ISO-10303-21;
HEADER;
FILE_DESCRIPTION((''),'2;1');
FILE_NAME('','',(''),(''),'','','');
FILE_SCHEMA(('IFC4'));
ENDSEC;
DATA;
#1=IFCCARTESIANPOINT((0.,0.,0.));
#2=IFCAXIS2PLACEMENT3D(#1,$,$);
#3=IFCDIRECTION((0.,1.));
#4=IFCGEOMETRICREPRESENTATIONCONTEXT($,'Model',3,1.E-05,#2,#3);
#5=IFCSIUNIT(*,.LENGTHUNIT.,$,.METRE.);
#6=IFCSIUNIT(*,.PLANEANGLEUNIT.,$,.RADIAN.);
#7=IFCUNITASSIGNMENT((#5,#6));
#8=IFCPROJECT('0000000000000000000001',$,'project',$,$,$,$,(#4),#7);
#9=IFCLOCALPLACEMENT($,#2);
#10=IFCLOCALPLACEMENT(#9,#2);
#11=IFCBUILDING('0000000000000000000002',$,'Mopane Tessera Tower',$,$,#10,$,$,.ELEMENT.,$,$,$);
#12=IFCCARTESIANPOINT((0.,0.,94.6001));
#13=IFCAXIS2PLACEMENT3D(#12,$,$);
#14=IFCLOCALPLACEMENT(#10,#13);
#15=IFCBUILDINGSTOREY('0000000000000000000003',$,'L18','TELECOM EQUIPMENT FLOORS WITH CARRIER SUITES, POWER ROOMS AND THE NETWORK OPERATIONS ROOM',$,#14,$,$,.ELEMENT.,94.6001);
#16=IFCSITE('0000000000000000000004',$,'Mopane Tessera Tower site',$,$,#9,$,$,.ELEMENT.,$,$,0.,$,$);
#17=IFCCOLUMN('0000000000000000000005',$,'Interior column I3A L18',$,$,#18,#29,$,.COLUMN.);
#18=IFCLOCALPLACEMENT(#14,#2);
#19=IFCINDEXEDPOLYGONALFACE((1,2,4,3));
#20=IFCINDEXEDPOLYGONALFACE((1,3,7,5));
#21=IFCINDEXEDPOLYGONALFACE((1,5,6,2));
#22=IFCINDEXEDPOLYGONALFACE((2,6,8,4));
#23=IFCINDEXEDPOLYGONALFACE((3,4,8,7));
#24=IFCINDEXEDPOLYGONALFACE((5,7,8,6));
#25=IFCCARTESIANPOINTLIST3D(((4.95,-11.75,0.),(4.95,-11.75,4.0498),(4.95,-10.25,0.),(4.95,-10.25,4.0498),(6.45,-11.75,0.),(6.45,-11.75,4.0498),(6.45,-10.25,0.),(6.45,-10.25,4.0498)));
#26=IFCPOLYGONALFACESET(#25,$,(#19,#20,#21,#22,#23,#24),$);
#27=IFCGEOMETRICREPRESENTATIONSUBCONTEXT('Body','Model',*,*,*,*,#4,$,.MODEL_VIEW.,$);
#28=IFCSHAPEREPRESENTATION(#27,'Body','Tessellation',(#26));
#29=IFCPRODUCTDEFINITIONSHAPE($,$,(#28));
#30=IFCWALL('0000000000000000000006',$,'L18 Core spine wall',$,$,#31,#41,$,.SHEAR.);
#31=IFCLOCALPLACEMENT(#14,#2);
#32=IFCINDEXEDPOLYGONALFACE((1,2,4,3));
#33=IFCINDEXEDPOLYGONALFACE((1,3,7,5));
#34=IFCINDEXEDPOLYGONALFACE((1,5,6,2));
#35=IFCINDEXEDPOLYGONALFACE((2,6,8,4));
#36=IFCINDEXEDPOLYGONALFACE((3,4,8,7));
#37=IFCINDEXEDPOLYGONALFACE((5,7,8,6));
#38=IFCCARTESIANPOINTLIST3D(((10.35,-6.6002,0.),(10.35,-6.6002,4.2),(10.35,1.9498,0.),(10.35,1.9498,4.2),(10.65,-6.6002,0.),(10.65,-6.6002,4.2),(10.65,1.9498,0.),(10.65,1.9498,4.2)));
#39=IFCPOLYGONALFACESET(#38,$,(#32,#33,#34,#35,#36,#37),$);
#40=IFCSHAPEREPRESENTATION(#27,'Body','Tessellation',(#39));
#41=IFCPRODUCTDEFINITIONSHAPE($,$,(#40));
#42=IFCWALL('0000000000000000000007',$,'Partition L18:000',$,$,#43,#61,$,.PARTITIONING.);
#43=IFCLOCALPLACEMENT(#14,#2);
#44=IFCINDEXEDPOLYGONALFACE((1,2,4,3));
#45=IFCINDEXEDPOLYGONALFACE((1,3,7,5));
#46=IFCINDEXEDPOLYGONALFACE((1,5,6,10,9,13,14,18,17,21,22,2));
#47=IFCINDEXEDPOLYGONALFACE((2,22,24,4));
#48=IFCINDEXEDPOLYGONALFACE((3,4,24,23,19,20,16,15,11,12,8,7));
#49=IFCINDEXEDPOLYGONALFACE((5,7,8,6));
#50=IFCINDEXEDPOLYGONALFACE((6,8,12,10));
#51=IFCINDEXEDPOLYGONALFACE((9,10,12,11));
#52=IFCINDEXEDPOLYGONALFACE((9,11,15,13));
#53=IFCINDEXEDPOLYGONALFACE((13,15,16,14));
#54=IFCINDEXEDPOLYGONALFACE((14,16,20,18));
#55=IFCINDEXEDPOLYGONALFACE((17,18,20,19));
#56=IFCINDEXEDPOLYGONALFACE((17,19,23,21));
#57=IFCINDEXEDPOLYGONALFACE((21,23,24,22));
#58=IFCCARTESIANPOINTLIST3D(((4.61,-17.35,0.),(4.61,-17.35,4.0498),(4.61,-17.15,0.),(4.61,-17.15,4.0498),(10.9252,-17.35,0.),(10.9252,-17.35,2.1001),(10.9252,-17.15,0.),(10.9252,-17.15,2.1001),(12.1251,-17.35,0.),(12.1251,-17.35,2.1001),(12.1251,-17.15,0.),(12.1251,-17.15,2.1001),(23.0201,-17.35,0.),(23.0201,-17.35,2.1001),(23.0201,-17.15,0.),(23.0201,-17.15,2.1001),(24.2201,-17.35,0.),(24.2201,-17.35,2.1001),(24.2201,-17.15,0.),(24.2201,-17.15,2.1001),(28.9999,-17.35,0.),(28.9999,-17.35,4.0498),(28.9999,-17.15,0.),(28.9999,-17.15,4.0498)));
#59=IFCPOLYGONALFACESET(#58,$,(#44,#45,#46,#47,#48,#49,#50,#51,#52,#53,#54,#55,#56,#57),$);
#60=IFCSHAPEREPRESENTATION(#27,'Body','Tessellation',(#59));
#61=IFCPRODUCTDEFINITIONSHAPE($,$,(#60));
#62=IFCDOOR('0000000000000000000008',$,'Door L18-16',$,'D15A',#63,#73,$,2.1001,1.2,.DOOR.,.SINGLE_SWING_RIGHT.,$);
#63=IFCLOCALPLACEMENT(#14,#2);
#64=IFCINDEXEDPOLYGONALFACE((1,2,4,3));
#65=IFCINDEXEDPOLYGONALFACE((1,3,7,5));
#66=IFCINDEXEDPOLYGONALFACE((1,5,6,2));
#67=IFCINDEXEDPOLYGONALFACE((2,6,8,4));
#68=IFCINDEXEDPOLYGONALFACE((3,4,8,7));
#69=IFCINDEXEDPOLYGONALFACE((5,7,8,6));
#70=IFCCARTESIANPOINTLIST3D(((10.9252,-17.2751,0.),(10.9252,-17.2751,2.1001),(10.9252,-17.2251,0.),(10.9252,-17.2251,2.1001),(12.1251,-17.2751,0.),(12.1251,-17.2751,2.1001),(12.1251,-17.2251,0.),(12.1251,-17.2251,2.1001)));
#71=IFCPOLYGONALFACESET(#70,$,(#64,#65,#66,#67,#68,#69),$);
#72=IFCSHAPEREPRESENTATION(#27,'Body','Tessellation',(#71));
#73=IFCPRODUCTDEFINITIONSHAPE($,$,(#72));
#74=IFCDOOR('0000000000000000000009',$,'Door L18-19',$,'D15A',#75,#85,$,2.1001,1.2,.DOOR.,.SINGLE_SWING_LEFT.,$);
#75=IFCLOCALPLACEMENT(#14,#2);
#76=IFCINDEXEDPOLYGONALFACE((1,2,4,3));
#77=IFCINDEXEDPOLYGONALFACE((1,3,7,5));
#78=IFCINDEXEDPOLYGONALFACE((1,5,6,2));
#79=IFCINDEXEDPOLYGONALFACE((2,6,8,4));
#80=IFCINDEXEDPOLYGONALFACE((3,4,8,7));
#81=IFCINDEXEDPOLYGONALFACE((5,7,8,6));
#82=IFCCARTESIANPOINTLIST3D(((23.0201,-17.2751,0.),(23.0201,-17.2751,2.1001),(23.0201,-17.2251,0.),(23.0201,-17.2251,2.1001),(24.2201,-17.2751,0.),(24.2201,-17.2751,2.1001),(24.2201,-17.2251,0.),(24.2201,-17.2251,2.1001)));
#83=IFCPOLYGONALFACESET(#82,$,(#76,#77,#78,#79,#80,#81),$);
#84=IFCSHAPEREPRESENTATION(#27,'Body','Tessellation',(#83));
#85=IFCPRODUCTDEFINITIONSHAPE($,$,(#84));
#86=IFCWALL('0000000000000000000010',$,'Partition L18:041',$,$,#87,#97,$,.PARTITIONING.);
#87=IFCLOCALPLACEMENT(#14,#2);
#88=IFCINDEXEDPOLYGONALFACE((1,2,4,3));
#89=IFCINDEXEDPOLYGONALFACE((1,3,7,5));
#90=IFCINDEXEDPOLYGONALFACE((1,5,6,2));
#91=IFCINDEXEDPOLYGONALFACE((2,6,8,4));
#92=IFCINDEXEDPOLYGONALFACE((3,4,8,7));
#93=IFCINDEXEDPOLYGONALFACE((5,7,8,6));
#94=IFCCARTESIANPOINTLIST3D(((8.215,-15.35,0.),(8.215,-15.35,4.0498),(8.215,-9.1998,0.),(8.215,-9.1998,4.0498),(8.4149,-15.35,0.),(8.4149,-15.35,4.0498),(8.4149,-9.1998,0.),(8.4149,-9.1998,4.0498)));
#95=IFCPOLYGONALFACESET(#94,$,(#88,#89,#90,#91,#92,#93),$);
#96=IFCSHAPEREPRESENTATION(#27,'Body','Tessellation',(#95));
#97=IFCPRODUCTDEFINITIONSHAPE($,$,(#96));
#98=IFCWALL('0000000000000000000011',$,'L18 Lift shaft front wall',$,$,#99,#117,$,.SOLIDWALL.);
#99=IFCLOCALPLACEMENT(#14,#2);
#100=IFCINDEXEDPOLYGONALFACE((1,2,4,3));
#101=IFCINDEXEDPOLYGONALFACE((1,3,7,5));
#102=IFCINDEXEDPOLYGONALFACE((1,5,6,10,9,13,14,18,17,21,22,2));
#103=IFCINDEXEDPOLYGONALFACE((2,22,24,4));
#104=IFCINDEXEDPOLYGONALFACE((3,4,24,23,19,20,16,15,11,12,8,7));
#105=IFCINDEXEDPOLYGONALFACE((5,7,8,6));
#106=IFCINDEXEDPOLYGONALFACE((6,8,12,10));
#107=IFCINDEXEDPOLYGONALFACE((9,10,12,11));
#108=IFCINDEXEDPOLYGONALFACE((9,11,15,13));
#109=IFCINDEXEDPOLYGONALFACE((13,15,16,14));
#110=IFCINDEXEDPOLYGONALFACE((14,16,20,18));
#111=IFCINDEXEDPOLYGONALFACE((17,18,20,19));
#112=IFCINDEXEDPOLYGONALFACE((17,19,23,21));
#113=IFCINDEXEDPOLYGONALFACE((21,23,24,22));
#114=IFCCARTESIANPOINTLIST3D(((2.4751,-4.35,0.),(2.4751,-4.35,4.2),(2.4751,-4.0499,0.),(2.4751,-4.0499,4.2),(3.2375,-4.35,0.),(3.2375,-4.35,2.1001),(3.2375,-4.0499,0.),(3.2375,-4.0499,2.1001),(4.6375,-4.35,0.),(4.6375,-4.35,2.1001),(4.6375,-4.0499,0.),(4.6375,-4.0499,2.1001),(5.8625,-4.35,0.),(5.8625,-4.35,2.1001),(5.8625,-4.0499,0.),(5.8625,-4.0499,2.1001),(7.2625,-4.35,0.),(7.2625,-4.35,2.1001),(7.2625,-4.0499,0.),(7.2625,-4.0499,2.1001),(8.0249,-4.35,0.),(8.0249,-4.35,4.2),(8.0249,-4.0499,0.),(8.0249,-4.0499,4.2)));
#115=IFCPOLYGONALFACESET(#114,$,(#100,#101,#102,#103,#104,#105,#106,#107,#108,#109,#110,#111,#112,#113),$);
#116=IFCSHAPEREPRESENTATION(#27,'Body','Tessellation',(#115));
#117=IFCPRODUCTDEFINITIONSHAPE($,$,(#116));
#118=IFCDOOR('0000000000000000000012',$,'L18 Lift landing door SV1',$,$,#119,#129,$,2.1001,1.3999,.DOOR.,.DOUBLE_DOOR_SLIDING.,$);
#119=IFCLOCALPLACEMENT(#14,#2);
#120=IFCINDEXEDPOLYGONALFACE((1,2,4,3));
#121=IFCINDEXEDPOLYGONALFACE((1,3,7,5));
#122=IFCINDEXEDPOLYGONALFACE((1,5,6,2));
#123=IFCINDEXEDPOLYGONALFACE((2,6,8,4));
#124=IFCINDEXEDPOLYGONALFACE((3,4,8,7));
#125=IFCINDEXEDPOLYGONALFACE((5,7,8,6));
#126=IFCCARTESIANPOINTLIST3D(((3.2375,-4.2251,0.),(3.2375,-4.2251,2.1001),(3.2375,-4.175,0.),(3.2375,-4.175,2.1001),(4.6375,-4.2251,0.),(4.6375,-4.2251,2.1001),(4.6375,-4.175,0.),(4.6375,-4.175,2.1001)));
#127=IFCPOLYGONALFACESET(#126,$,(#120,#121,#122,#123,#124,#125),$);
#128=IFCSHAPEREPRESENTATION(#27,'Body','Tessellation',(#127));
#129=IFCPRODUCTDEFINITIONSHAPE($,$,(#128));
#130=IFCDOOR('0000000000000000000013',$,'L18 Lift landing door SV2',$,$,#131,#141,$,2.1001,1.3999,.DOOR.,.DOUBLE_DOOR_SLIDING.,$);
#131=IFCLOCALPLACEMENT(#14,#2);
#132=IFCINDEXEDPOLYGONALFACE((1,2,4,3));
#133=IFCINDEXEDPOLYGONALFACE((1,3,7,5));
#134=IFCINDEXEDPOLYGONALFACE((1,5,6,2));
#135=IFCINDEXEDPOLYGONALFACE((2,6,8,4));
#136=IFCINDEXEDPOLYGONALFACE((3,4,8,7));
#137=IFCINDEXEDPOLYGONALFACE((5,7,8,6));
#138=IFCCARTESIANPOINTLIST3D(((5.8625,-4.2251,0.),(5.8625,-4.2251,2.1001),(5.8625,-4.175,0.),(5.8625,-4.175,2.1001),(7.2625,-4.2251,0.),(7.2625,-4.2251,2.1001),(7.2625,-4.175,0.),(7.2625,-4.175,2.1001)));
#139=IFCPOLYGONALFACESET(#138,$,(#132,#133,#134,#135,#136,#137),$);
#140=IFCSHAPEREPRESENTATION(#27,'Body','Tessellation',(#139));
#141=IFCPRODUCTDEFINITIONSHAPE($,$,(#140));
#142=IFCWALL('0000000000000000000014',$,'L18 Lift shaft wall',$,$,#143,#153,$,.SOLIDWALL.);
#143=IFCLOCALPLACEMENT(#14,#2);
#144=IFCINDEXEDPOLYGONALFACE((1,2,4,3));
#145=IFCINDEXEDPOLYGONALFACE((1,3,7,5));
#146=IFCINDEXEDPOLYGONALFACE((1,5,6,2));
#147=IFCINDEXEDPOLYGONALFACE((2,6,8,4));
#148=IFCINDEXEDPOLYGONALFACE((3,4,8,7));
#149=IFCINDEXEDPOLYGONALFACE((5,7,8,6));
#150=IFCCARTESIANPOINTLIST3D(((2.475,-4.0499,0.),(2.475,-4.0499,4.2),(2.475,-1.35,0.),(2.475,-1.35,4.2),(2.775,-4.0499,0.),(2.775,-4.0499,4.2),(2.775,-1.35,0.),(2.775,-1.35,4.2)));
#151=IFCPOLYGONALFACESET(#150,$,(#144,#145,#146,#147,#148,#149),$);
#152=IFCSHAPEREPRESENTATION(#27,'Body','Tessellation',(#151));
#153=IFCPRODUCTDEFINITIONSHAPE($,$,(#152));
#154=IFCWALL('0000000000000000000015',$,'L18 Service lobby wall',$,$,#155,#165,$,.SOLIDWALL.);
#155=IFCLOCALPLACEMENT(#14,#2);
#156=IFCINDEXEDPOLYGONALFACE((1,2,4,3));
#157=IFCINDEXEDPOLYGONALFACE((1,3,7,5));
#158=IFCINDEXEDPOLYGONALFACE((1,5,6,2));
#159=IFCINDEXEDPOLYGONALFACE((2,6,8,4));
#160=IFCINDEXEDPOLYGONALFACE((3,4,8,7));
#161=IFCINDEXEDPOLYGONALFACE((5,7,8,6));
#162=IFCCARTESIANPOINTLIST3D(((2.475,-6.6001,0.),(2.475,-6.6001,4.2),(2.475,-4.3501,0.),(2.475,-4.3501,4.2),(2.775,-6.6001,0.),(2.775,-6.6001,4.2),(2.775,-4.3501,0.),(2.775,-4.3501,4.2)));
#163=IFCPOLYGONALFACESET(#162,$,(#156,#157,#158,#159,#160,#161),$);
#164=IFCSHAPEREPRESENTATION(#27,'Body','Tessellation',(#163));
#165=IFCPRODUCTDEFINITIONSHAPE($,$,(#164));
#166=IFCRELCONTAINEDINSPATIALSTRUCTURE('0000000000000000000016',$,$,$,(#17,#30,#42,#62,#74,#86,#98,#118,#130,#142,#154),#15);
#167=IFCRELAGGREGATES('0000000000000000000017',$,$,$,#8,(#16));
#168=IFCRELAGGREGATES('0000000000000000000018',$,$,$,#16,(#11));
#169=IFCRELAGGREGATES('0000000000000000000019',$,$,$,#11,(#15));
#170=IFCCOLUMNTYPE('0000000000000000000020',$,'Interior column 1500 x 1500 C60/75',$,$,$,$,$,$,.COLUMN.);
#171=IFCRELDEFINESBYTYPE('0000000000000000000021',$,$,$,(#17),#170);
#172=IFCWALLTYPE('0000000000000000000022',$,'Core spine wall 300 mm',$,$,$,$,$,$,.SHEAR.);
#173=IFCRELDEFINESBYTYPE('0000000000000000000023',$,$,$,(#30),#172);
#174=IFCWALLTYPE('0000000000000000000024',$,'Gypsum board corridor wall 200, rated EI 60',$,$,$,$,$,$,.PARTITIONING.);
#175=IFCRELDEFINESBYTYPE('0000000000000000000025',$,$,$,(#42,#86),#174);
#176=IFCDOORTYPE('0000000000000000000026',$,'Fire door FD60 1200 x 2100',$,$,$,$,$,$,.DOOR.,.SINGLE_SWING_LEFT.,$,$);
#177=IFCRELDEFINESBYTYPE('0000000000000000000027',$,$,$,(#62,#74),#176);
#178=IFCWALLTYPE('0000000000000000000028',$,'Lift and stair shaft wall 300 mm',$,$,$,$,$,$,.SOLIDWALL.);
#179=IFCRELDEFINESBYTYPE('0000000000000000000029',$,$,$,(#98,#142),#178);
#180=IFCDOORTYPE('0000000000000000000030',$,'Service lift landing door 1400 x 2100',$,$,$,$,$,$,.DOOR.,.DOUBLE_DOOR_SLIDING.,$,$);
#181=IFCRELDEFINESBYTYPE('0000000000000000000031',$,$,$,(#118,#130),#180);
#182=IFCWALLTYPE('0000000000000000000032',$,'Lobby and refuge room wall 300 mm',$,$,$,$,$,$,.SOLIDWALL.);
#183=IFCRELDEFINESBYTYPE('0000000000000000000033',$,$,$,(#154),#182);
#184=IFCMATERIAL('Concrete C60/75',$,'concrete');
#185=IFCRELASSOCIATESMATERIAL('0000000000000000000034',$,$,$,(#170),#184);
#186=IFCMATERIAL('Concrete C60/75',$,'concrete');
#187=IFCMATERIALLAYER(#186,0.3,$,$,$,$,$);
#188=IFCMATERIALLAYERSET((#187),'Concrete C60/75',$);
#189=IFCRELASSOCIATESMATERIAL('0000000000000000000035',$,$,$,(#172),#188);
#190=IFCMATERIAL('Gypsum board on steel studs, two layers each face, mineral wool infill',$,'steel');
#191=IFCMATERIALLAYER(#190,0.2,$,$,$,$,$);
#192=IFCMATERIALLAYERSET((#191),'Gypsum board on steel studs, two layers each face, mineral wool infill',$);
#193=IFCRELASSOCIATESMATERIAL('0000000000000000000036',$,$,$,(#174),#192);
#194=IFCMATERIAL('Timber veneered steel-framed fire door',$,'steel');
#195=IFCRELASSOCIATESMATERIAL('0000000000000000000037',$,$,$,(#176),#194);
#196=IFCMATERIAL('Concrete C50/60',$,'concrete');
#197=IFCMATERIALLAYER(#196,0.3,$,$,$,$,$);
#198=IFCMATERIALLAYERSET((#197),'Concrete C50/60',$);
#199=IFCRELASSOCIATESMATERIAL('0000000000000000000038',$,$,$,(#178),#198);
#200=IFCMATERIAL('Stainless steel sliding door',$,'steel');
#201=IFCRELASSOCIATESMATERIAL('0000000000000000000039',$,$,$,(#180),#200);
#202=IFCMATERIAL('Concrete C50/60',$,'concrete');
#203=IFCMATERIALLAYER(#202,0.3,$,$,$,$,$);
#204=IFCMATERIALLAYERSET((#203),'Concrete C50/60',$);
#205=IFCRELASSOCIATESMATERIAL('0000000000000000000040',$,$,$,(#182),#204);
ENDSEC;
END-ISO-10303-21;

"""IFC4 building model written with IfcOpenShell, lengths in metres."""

from ifc_helpers import new_model, si_unit, direction, frame, frame_2d, origin, origin_2d, place, context, subcontext, project, spatial, rectangle, extrude, material, layer, layer_set, material_profile, profile_set, type_object, element, fill, save


model = new_model("IFC4")

# Units and contexts
model_context = context("Model", 3, precision=1e-05, world=origin(), true_north=direction((0.0, 1.0)))
body_context = subcontext(model_context, "Body", "Model", "MODEL_VIEW")
ifc_project = project(units=[si_unit("LENGTHUNIT", "METRE"), si_unit("PLANEANGLEUNIT", "RADIAN")], contexts=[model_context])

# Site, building, storey
site_placement = place(None, origin())
site = spatial("IfcSite", under=ifc_project, at=site_placement, Name="Mopane Tessera Tower site", CompositionType="ELEMENT", RefElevation=0.0)
building_placement = place(site_placement, origin())
building = spatial("IfcBuilding", under=site, at=building_placement, Name="Mopane Tessera Tower", CompositionType="ELEMENT")
storey_placement = place(building_placement, frame((0.0, 0.0, 94.6001)))
storey = spatial("IfcBuildingStorey", under=building, at=storey_placement, Name="L18", Description="TELECOM EQUIPMENT FLOORS WITH CARRIER SUITES, POWER ROOMS AND THE NETWORK OPERATIONS ROOM", CompositionType="ELEMENT", Elevation=94.6001)

# Column
ifc_material_1 = material(Name="Concrete C60/75", Category="concrete")
ifc_material_profile = material_profile(ifc_material_1, rectangle(XDim=1.5, YDim=1.5, at=origin_2d()))
ifc_profile_set = profile_set([ifc_material_profile], Name="Concrete C60/75")
column_type = type_object("IfcColumnType", Name="Interior column 1500 x 1500 C60/75", PredefinedType="COLUMN", material=ifc_profile_set)
column_placement = place(storey_placement, frame((5.7, -11.0, 0.0), z_axis=(0.0, 0.0, 1.0), x_axis=(1.0, 0.0, 0.0)))
element("IfcColumn", 1, at=column_placement, inside=storey, type_object=column_type, Name="Interior column I3A L18", PredefinedType="COLUMN", context=body_context, shape_type="SweptSolid", body=[
    extrude(rectangle(XDim=1.5, YDim=1.5, at=origin_2d()), origin(), (0.0, 0.0, 1.0), 4.0498),
])

# Wall
ifc_material_2 = material(Name="Concrete C60/75", Category="concrete")
ifc_layer_1 = layer(ifc_material_2, 0.3)
ifc_layer_set_1 = layer_set([ifc_layer_1], Name="Concrete C60/75")
wall_type_1 = type_object("IfcWallType", Name="Core spine wall 300 mm", PredefinedType="SHEAR", material=ifc_layer_set_1)
wall_1_placement = place(storey_placement, frame((10.5, -6.6001, 0.0), z_axis=(0.0, 0.0, 1.0), x_axis=(0.0, 1.0, 0.0)))
element("IfcWall", 2, at=wall_1_placement, inside=storey, type_object=wall_type_1, Name="L18 Core spine wall", PredefinedType="SHEAR", context=body_context, shape_type="SweptSolid", body=[
    extrude(rectangle(XDim=8.55, YDim=0.3, at=frame_2d((4.2749, 0.0))), origin(), (0.0, 0.0, 1.0), 4.2),
])

# Wall, openings, doors
ifc_material_3 = material(Name="Gypsum board on steel studs, two layers each face, mineral wool infill", Category="steel")
ifc_layer_2 = layer(ifc_material_3, 0.2)
ifc_layer_set_2 = layer_set([ifc_layer_2], Name="Gypsum board on steel studs, two layers each face, mineral wool infill")
wall_type_2 = type_object("IfcWallType", Name="Gypsum board corridor wall 200, rated EI 60", PredefinedType="PARTITIONING", material=ifc_layer_set_2)
wall_2_placement = place(storey_placement, frame((4.6101, -17.25, 0.0), z_axis=(0.0, 0.0, 1.0), x_axis=(1.0, 0.0, 0.0)))
wall_2 = element("IfcWall", 3, at=wall_2_placement, inside=storey, type_object=wall_type_2, Name="Partition L18:000", PredefinedType="PARTITIONING", context=body_context, shape_type="SweptSolid", body=[
    extrude(rectangle(XDim=24.3899, YDim=0.2, at=frame_2d((12.1948, 0.0))), origin(), (0.0, 0.0, 1.0), 4.0498),
])
opening_1_placement = place(wall_2_placement, frame((6.3149, 0.0, 0.0)))
opening_1 = element("IfcOpeningElement", 4, at=opening_1_placement, cuts=wall_2, PredefinedType="OPENING", context=body_context, shape_type="SweptSolid", body=[
    extrude(rectangle(XDim=1.2, YDim=2.1001, at=frame_2d((0.6001, 1.05))), frame((0.0, 0.1121, 0.0), z_axis=(0.0, -1.0, 0.0), x_axis=(1.0, 0.0, 0.0)), (0.0, 0.0, 1.0), 0.2239),
])
opening_2_placement = place(wall_2_placement, frame((18.4099, 0.0, 0.0)))
opening_2 = element("IfcOpeningElement", 5, at=opening_2_placement, cuts=wall_2, PredefinedType="OPENING", context=body_context, shape_type="SweptSolid", body=[
    extrude(rectangle(XDim=1.2, YDim=2.1001, at=frame_2d((0.6001, 1.05))), frame((0.0, 0.1121, 0.0), z_axis=(0.0, -1.0, 0.0), x_axis=(1.0, 0.0, 0.0)), (0.0, 0.0, 1.0), 0.2239),
])
ifc_material_4 = material(Name="Timber veneered steel-framed fire door", Category="steel")
door_type_1 = type_object("IfcDoorType", Name="Fire door FD60 1200 x 2100", OperationType="SINGLE_SWING_LEFT", PredefinedType="DOOR", material=ifc_material_4)
door_1_placement = place(opening_1_placement, origin())
door_1 = element("IfcDoor", 6, at=door_1_placement, inside=storey, type_object=door_type_1, Name="Door L18-16", ObjectType="D15A", OperationType="SINGLE_SWING_RIGHT", OverallHeight=2.1001, OverallWidth=1.2, PredefinedType="DOOR", context=body_context, shape_type="SweptSolid", body=[
    extrude(rectangle(XDim=1.2, YDim=2.1001, at=frame_2d((0.6001, 1.05))), frame((0.0, 0.0249, 0.0), z_axis=(0.0, -1.0, 0.0), x_axis=(1.0, 0.0, 0.0)), (0.0, 0.0, 1.0), 0.05),
])
fill(opening_1, door_1)
door_2_placement = place(opening_2_placement, origin())
door_2 = element("IfcDoor", 7, at=door_2_placement, inside=storey, type_object=door_type_1, Name="Door L18-19", ObjectType="D15A", OperationType="SINGLE_SWING_LEFT", OverallHeight=2.1001, OverallWidth=1.2, PredefinedType="DOOR", context=body_context, shape_type="SweptSolid", body=[
    extrude(rectangle(XDim=1.2, YDim=2.1001, at=frame_2d((0.6001, 1.05))), frame((0.0, 0.0249, 0.0), z_axis=(0.0, -1.0, 0.0), x_axis=(1.0, 0.0, 0.0)), (0.0, 0.0, 1.0), 0.05),
])
fill(opening_2, door_2)

# Wall
wall_3_placement = place(storey_placement, frame((8.3149, -15.3501, 0.0), z_axis=(0.0, 0.0, 1.0), x_axis=(0.0, 1.0, 0.0)))
element("IfcWall", 8, at=wall_3_placement, inside=storey, type_object=wall_type_2, Name="Partition L18:041", PredefinedType="PARTITIONING", context=body_context, shape_type="SweptSolid", body=[
    extrude(rectangle(XDim=6.1501, YDim=0.2, at=frame_2d((3.0752, 0.0))), origin(), (0.0, 0.0, 1.0), 4.0498),
])

# Wall, openings, doors
ifc_material_5 = material(Name="Concrete C50/60", Category="concrete")
ifc_layer_3 = layer(ifc_material_5, 0.3)
ifc_layer_set_3 = layer_set([ifc_layer_3], Name="Concrete C50/60")
wall_type_3 = type_object("IfcWallType", Name="Lift and stair shaft wall 300 mm", PredefinedType="SOLIDWALL", material=ifc_layer_set_3)
wall_4_placement = place(storey_placement, frame((2.4751, -4.2, 0.0), z_axis=(0.0, 0.0, 1.0), x_axis=(1.0, 0.0, 0.0)))
wall_4 = element("IfcWall", 9, at=wall_4_placement, inside=storey, type_object=wall_type_3, Name="L18 Lift shaft front wall", PredefinedType="SOLIDWALL", context=body_context, shape_type="SweptSolid", body=[
    extrude(rectangle(XDim=5.5498, YDim=0.3, at=frame_2d((2.7749, 0.0))), origin(), (0.0, 0.0, 1.0), 4.2),
])
opening_3_placement = place(wall_4_placement, frame((0.7625, 0.0, 0.0)))
opening_3 = element("IfcOpeningElement", 10, at=opening_3_placement, cuts=wall_4, PredefinedType="OPENING", context=body_context, shape_type="SweptSolid", body=[
    extrude(rectangle(XDim=1.3999, YDim=2.1001, at=frame_2d((0.7, 1.05))), frame((0.0, 0.1621, 0.0), z_axis=(0.0, -1.0, 0.0), x_axis=(1.0, 0.0, 0.0)), (0.0, 0.0, 1.0), 0.324),
])
opening_4_placement = place(wall_4_placement, frame((3.3875, 0.0, 0.0)))
opening_4 = element("IfcOpeningElement", 11, at=opening_4_placement, cuts=wall_4, PredefinedType="OPENING", context=body_context, shape_type="SweptSolid", body=[
    extrude(rectangle(XDim=1.3999, YDim=2.1001, at=frame_2d((0.7, 1.05))), frame((0.0, 0.1621, 0.0), z_axis=(0.0, -1.0, 0.0), x_axis=(1.0, 0.0, 0.0)), (0.0, 0.0, 1.0), 0.324),
])
ifc_material_6 = material(Name="Stainless steel sliding door", Category="steel")
door_type_2 = type_object("IfcDoorType", Name="Service lift landing door 1400 x 2100", OperationType="DOUBLE_DOOR_SLIDING", PredefinedType="DOOR", material=ifc_material_6)
door_3_placement = place(opening_3_placement, origin())
door_3 = element("IfcDoor", 12, at=door_3_placement, inside=storey, type_object=door_type_2, Name="L18 Lift landing door SV1", OperationType="DOUBLE_DOOR_SLIDING", OverallHeight=2.1001, OverallWidth=1.3999, PredefinedType="DOOR", context=body_context, shape_type="SweptSolid", body=[
    extrude(rectangle(XDim=1.3999, YDim=2.1001, at=frame_2d((0.7, 1.05))), frame((0.0, 0.0249, 0.0), z_axis=(0.0, -1.0, 0.0), x_axis=(1.0, 0.0, 0.0)), (0.0, 0.0, 1.0), 0.05),
])
fill(opening_3, door_3)
door_4_placement = place(opening_4_placement, origin())
door_4 = element("IfcDoor", 13, at=door_4_placement, inside=storey, type_object=door_type_2, Name="L18 Lift landing door SV2", OperationType="DOUBLE_DOOR_SLIDING", OverallHeight=2.1001, OverallWidth=1.3999, PredefinedType="DOOR", context=body_context, shape_type="SweptSolid", body=[
    extrude(rectangle(XDim=1.3999, YDim=2.1001, at=frame_2d((0.7, 1.05))), frame((0.0, 0.0249, 0.0), z_axis=(0.0, -1.0, 0.0), x_axis=(1.0, 0.0, 0.0)), (0.0, 0.0, 1.0), 0.05),
])
fill(opening_4, door_4)

# Walls
wall_5_placement = place(storey_placement, frame((2.625, -4.05, 0.0), z_axis=(0.0, 0.0, 1.0), x_axis=(0.0, 1.0, 0.0)))
element("IfcWall", 14, at=wall_5_placement, inside=storey, type_object=wall_type_3, Name="L18 Lift shaft wall", PredefinedType="SOLIDWALL", context=body_context, shape_type="SweptSolid", body=[
    extrude(rectangle(XDim=2.7, YDim=0.3, at=frame_2d((1.3501, 0.0))), origin(), (0.0, 0.0, 1.0), 4.2),
])
ifc_material_7 = material(Name="Concrete C50/60", Category="concrete")
ifc_layer_4 = layer(ifc_material_7, 0.3)
ifc_layer_set_4 = layer_set([ifc_layer_4], Name="Concrete C50/60")
wall_type_4 = type_object("IfcWallType", Name="Lobby and refuge room wall 300 mm", PredefinedType="SOLIDWALL", material=ifc_layer_set_4)
for number, where, z_axis, x_axis, name in (
    (15, (2.625, -6.6001, 0.0), (0.0, 0.0, 1.0), (0.0, 1.0, 0.0), "L18 Service lobby wall"),
):
    element("IfcWall", number, at=place(storey_placement, frame(where, z_axis=z_axis, x_axis=x_axis)), inside=storey, type_object=wall_type_4, Name=name, PredefinedType="SOLIDWALL", context=body_context, shape_type="SweptSolid", body=[
        extrude(rectangle(XDim=2.25, YDim=0.3, at=frame_2d((1.125, 0.0))), origin(), (0.0, 0.0, 1.0), 4.2),
    ])

save(model, "model.ifc")
